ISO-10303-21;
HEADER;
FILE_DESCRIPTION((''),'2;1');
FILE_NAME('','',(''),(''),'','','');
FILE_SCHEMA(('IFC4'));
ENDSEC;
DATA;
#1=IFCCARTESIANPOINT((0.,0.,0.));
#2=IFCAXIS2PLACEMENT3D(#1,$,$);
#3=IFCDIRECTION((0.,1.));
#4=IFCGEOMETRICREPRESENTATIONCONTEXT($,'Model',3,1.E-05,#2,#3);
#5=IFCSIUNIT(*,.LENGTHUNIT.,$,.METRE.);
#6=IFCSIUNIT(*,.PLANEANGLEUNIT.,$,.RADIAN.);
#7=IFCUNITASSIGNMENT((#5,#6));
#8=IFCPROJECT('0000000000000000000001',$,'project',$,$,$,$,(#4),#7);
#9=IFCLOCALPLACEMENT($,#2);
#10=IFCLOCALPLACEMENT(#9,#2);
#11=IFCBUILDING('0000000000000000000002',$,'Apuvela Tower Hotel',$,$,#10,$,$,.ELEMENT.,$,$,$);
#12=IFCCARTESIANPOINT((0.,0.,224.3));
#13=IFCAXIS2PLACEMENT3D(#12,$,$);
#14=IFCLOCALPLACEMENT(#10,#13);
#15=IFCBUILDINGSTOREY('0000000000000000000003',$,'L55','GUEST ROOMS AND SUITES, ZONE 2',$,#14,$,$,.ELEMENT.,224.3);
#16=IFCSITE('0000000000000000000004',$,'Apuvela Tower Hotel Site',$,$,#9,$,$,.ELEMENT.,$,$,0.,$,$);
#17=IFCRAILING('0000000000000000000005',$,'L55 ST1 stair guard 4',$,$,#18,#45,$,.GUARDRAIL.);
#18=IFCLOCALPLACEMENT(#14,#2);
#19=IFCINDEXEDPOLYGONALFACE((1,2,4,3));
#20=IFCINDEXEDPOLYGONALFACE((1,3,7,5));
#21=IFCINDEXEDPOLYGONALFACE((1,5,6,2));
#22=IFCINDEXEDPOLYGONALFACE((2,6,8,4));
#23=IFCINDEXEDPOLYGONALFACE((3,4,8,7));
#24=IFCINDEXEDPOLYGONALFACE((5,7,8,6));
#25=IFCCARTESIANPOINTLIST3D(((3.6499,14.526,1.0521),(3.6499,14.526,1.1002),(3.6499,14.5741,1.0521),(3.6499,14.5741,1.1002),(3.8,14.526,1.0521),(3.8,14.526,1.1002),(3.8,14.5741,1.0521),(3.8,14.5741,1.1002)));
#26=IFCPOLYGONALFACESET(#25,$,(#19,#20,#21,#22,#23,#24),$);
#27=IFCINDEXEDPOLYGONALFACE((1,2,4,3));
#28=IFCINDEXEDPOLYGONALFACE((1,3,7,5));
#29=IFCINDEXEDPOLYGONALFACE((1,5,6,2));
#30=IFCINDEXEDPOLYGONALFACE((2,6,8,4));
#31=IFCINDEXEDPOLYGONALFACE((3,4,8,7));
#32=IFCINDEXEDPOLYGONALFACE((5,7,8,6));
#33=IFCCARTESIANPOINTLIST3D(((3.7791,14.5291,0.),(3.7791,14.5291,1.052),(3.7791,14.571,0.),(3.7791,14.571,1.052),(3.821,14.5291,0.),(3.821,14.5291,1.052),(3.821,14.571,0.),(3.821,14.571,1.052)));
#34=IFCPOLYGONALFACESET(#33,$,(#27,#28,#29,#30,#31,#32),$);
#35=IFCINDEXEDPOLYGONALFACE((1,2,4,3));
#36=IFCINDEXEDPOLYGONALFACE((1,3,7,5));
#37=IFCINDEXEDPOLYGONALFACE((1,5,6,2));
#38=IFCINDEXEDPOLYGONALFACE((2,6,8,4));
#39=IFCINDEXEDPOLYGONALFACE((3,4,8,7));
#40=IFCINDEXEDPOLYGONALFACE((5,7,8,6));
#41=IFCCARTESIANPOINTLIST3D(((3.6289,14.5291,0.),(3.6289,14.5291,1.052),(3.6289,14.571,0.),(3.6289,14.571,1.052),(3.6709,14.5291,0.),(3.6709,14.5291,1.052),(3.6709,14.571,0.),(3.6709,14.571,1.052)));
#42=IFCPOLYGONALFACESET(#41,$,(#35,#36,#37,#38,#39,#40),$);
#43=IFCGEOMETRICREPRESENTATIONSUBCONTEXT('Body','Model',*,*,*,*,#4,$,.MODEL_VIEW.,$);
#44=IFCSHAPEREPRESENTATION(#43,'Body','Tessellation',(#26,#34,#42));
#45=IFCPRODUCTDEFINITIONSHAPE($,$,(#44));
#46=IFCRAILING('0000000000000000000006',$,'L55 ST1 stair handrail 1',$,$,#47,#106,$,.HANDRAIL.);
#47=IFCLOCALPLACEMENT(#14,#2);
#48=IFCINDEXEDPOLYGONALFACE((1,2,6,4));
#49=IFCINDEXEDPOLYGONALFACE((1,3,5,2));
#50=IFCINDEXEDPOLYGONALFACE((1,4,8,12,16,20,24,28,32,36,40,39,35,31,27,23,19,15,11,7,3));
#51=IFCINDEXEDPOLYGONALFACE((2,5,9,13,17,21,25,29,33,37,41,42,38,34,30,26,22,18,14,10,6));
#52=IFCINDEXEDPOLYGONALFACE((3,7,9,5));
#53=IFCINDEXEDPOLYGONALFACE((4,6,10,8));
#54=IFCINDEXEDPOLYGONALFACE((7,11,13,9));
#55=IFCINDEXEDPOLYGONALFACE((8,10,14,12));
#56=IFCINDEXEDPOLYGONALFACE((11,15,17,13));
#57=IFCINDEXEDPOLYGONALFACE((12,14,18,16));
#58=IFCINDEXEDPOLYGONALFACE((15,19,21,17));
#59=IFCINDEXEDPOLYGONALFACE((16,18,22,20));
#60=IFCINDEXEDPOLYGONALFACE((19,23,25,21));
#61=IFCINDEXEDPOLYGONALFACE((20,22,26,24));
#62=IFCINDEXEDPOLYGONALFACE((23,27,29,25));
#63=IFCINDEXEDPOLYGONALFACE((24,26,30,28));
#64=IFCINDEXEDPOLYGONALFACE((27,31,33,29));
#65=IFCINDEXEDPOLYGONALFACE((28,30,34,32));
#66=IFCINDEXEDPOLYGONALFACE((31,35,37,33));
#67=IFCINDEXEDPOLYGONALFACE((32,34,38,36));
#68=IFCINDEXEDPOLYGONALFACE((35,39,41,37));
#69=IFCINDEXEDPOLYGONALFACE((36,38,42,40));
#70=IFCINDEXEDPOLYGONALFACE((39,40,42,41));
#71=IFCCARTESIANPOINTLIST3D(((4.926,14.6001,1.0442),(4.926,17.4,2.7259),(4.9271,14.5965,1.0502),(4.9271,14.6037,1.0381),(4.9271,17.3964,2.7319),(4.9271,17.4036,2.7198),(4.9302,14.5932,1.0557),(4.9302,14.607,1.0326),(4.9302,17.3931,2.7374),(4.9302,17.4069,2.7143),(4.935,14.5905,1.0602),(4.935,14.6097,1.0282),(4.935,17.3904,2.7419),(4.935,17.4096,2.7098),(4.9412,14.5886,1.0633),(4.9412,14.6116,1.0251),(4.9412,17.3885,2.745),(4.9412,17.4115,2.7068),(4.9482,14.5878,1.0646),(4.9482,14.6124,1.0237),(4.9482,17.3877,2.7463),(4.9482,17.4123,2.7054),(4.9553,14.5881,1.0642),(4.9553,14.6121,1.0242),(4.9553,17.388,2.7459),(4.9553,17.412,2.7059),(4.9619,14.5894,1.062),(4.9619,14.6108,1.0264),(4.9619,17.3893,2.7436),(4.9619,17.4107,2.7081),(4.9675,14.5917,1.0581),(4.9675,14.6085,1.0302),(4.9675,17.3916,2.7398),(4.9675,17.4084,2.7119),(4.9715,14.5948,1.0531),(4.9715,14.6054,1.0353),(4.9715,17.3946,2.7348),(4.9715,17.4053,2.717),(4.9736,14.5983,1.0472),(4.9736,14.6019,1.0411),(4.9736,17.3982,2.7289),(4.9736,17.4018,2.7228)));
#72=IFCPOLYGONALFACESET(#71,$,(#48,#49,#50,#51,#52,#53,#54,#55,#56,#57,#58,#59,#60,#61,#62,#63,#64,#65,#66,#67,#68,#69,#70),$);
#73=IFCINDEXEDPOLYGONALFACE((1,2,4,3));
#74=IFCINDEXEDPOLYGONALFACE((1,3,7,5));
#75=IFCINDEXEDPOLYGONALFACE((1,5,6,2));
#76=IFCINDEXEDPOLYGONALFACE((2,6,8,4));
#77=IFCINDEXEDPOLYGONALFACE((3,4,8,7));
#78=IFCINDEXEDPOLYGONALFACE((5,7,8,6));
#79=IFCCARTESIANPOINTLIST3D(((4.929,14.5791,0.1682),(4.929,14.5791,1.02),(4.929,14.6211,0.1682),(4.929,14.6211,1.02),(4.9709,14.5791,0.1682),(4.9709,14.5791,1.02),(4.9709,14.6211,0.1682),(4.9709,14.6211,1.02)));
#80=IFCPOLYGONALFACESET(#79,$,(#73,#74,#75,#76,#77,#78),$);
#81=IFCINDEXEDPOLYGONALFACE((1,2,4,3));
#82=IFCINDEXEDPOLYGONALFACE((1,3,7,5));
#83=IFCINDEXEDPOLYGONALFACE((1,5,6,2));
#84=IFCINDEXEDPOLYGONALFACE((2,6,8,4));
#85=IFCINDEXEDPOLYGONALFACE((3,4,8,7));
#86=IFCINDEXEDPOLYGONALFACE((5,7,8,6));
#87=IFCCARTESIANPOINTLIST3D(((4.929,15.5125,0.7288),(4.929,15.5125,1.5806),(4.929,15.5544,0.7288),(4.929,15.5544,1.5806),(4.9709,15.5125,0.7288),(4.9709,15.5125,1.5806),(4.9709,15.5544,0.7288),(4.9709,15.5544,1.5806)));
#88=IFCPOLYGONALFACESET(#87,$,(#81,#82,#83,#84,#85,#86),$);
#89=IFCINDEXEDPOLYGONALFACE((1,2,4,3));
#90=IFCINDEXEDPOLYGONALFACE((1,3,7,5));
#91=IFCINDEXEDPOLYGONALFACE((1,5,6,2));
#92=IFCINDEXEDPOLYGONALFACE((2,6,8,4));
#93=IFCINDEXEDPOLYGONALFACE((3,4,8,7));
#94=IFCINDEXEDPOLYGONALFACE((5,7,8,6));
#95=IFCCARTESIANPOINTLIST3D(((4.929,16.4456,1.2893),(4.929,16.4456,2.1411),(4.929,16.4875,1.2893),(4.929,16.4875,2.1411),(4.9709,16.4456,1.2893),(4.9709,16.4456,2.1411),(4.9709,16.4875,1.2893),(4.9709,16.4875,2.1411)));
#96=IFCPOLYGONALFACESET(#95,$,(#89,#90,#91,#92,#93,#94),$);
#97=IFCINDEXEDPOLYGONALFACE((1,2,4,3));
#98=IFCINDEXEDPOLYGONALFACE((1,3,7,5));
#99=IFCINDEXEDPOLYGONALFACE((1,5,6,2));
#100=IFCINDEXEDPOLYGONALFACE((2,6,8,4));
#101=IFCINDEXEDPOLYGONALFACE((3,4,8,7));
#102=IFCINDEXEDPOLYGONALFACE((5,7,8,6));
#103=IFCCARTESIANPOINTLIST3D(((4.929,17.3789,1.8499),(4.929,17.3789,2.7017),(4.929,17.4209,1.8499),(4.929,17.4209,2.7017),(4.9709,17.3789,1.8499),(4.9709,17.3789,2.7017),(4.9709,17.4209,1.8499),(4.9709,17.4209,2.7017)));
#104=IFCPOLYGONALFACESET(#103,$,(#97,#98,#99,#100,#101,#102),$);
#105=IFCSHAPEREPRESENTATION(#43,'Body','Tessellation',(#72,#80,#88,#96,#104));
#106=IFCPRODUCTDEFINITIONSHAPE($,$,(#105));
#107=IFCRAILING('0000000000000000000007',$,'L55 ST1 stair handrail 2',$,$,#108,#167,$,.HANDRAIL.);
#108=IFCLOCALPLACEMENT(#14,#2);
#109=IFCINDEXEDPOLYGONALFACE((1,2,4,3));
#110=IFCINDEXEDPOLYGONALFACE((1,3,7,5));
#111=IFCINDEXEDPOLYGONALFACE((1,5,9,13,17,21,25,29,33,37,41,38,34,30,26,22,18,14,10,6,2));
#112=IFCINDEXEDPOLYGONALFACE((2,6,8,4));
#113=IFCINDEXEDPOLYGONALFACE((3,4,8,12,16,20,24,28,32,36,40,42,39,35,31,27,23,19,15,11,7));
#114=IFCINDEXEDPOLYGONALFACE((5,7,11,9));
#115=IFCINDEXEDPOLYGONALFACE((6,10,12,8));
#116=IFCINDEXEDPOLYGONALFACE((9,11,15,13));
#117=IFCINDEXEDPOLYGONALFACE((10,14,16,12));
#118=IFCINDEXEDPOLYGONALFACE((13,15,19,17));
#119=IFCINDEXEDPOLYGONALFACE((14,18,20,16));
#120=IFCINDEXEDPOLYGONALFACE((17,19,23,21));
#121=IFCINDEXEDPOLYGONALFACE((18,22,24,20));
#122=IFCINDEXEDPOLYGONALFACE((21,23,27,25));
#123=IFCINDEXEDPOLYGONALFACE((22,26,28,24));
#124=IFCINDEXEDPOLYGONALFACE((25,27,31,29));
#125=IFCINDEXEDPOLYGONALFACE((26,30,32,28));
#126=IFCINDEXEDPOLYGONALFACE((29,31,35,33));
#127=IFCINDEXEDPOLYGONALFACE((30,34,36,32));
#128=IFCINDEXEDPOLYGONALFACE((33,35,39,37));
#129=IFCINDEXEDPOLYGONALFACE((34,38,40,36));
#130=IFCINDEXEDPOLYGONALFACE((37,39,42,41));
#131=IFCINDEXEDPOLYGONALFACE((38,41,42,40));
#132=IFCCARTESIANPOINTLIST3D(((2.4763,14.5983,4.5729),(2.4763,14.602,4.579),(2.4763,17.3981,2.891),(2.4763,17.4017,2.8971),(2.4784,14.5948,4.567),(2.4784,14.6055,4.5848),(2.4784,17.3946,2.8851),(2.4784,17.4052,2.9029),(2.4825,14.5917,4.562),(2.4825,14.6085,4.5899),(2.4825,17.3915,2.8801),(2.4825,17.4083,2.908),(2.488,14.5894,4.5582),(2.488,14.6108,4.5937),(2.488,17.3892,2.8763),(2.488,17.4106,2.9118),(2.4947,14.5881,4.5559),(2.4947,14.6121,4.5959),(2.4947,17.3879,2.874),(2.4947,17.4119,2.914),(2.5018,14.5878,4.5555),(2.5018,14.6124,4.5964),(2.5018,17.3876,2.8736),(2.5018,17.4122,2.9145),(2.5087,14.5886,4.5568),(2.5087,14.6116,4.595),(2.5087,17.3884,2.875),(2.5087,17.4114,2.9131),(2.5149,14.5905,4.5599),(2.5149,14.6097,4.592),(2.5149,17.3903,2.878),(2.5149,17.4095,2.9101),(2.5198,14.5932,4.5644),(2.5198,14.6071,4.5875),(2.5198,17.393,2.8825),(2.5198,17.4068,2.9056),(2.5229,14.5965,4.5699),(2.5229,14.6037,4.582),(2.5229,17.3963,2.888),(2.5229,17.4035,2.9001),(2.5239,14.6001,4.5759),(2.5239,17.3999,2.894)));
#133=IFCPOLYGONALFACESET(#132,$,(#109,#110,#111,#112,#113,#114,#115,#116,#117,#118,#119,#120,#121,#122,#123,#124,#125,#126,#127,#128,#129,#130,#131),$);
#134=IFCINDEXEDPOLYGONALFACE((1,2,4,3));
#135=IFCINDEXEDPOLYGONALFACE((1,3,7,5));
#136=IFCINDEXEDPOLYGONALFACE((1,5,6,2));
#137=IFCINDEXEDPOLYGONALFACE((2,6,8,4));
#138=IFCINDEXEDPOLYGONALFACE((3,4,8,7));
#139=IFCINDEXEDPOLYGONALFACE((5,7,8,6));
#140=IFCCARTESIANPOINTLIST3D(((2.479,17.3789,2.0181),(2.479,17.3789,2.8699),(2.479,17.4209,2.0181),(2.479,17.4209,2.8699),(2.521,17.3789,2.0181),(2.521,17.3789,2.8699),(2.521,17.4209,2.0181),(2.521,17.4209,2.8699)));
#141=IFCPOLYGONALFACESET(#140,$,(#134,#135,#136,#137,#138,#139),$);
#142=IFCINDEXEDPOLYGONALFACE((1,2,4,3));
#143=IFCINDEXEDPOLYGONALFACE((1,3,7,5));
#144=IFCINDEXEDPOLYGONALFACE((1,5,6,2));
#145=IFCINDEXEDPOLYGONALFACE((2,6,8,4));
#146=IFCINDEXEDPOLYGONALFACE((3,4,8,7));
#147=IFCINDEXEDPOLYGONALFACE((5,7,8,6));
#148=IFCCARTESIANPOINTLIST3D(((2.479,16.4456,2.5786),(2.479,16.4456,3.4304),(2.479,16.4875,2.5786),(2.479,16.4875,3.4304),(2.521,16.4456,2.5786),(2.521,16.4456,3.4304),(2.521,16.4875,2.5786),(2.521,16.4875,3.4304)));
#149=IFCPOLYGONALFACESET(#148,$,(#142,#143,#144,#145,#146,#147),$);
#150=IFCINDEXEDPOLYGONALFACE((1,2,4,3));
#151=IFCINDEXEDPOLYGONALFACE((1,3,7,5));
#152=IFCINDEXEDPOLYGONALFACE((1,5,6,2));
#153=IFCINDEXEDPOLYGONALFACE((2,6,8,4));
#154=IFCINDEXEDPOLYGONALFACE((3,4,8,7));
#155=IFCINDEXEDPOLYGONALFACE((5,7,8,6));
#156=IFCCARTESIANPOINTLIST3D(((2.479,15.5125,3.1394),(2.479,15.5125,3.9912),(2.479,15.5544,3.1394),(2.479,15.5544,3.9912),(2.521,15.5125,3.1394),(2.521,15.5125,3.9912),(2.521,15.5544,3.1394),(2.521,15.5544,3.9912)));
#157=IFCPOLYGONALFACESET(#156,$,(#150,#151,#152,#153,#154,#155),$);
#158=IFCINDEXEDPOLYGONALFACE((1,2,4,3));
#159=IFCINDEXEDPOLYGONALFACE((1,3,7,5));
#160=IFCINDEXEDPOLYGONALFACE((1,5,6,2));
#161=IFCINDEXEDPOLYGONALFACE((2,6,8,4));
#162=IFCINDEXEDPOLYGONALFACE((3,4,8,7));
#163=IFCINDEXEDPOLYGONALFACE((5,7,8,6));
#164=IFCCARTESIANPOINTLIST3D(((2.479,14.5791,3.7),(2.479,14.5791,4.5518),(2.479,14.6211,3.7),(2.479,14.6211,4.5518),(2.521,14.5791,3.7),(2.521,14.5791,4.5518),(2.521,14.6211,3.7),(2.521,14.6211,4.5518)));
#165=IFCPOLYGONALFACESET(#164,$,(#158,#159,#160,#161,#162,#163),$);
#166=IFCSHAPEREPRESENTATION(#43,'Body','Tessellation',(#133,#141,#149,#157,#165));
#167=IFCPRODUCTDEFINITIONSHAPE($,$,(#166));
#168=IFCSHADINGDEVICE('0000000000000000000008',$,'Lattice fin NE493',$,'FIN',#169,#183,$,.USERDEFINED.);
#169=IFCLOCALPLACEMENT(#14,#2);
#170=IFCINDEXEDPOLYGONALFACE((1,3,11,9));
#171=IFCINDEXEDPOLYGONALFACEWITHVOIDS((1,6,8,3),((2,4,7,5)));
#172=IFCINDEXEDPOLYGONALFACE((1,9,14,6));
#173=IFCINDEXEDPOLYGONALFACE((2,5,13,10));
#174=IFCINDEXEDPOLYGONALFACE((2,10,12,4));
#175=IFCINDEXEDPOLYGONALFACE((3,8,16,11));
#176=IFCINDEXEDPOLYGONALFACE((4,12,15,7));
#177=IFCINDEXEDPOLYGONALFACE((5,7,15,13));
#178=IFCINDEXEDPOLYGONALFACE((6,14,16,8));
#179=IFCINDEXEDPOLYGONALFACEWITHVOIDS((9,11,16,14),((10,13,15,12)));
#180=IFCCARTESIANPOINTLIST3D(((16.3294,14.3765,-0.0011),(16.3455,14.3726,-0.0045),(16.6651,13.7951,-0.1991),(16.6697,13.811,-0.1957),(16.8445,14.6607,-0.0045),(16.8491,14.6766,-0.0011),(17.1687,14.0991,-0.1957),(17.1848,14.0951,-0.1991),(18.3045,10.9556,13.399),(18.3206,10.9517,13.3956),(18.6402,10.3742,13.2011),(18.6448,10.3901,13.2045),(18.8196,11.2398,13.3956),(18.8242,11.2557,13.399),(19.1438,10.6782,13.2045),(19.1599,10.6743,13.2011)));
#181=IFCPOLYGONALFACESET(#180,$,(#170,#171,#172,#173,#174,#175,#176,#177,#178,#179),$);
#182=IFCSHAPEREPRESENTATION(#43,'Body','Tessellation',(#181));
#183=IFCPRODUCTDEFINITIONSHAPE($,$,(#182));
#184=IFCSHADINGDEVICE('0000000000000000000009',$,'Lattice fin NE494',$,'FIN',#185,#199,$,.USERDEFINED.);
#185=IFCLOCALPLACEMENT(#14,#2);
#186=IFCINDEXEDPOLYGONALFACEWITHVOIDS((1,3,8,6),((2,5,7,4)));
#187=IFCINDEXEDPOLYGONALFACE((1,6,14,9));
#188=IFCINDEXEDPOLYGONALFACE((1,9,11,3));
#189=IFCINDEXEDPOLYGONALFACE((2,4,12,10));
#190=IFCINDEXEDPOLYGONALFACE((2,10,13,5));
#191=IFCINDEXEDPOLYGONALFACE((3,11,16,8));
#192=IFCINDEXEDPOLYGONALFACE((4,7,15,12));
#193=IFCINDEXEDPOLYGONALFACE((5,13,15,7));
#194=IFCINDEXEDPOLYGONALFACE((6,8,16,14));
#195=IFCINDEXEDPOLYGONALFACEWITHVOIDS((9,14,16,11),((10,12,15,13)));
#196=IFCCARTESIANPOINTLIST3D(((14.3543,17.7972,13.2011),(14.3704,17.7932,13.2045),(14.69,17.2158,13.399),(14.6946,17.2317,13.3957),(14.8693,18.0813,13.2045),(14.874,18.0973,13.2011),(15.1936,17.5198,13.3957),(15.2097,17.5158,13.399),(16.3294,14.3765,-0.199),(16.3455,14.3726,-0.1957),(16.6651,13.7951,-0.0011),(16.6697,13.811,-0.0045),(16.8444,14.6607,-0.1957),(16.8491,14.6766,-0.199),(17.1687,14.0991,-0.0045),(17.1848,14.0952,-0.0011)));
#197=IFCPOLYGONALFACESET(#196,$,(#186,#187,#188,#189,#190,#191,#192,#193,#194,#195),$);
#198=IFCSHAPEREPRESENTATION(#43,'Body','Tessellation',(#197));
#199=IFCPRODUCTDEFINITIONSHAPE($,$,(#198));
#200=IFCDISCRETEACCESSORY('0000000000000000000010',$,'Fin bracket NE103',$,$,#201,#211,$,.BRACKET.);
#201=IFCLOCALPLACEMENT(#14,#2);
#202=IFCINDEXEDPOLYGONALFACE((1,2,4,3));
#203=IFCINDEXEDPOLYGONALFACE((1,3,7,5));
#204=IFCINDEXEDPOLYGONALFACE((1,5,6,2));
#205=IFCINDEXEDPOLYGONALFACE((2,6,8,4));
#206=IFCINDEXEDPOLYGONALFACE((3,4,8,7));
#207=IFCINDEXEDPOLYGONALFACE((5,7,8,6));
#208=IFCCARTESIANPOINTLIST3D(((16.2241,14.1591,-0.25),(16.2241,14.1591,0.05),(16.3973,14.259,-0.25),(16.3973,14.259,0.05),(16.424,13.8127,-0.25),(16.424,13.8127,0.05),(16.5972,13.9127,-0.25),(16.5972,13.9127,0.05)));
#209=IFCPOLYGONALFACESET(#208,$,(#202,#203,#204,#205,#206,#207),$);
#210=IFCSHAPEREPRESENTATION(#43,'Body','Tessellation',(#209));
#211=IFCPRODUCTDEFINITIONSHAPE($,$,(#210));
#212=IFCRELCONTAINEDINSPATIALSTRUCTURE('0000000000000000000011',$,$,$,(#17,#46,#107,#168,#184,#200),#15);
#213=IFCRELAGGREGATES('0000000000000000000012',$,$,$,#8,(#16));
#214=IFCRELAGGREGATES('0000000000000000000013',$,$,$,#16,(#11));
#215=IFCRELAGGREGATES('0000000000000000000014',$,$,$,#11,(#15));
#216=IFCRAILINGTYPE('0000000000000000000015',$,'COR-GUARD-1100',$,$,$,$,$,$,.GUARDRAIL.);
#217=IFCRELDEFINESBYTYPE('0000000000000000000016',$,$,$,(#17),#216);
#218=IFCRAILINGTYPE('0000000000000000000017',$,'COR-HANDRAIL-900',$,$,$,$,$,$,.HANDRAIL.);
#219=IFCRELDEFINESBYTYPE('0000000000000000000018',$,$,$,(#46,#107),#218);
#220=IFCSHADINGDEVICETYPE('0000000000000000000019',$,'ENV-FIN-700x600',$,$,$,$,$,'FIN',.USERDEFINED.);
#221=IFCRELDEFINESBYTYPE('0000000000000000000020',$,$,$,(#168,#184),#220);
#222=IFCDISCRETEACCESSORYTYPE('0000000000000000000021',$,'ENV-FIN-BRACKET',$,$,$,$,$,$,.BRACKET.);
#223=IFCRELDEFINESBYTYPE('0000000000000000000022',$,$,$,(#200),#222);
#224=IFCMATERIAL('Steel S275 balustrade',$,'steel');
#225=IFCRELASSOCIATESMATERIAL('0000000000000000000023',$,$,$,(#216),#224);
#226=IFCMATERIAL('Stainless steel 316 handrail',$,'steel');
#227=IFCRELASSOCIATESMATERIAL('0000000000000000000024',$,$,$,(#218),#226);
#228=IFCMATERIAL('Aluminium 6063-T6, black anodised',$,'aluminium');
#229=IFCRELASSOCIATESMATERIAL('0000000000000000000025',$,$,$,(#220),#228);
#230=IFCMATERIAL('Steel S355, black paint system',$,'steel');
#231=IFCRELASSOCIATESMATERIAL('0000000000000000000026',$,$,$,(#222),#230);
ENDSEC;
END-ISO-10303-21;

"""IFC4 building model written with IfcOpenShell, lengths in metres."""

from ifc_helpers import new_model, si_unit, direction, frame, origin, origin_2d, place, context, subcontext, project, spatial, rectangle, hollow_rectangle, circle, extrude, material, material_profile, profile_set, type_object, element, save


model = new_model("IFC4")

# Units and contexts
model_context = context("Model", 3, precision=1e-05, world=origin(), true_north=direction((0.0, 1.0)))
body_context = subcontext(model_context, "Body", "Model", "MODEL_VIEW")
ifc_project = project(units=[si_unit("LENGTHUNIT", "METRE"), si_unit("PLANEANGLEUNIT", "RADIAN")], contexts=[model_context])

# Site, building, storey
site_placement = place(None, origin())
site = spatial("IfcSite", under=ifc_project, at=site_placement, Name="Apuvela Tower Hotel Site", CompositionType="ELEMENT", RefElevation=0.0)
building_placement = place(site_placement, origin())
building = spatial("IfcBuilding", under=site, at=building_placement, Name="Apuvela Tower Hotel", CompositionType="ELEMENT")
storey_placement = place(building_placement, frame((0.0, 0.0, 224.3)))
storey = spatial("IfcBuildingStorey", under=building, at=storey_placement, Name="L55", Description="GUEST ROOMS AND SUITES, ZONE 2", CompositionType="ELEMENT", Elevation=224.3)

# Railings
ifc_material_1 = material(Name="Steel S275 balustrade", Category="steel")
railing_type_1 = type_object("IfcRailingType", Name="COR-GUARD-1100", PredefinedType="GUARDRAIL", material=ifc_material_1)
railing_1_placement = place(storey_placement, frame((3.8, 14.55, 0.0)))
element("IfcRailing", 1, at=railing_1_placement, inside=storey, type_object=railing_type_1, Name="L55 ST1 stair guard 4", PredefinedType="GUARDRAIL", context=body_context, shape_type="SweptSolid", body=[
    extrude(rectangle(XDim=0.0481, YDim=0.0481, at=origin_2d()), frame((0.0, 0.0, 1.0762), z_axis=(-1.0, 0.0, 0.0), x_axis=(0.0, -1.0, 0.0)), (0.0, 0.0, 1.0), 0.1501),
    extrude(rectangle(XDim=0.042, YDim=0.042, at=origin_2d()), origin(), (0.0, 0.0, 1.0), 1.052),
    extrude(rectangle(XDim=0.042, YDim=0.042, at=origin_2d()), frame((-0.1501, 0.0, 0.0)), (0.0, 0.0, 1.0), 1.052),
])
ifc_material_2 = material(Name="Stainless steel 316 handrail", Category="steel")
railing_type_2 = type_object("IfcRailingType", Name="COR-HANDRAIL-900", PredefinedType="HANDRAIL", material=ifc_material_2)
railing_2_placement = place(storey_placement, frame((4.95, 14.6001, 0.1682)))
element("IfcRailing", 2, at=railing_2_placement, inside=storey, type_object=railing_type_2, Name="L55 ST1 stair handrail 1", PredefinedType="HANDRAIL", context=body_context, shape_type="SweptSolid", body=[
    extrude(circle(Radius=0.0239, at=origin_2d()), frame((0.0, 0.0, 0.876), z_axis=(0.0, 0.857255, 0.514891), x_axis=(-1.0, 0.0, 0.0)), (0.0, 0.0, 1.0), 3.2661),
    extrude(rectangle(XDim=0.042, YDim=0.042, at=origin_2d()), origin(), (0.0, 0.0, 1.0), 0.8518),
    extrude(rectangle(XDim=0.042, YDim=0.042, at=origin_2d()), frame((0.0, 0.9333, 0.5605)), (0.0, 0.0, 1.0), 0.8518),
    extrude(rectangle(XDim=0.042, YDim=0.042, at=origin_2d()), frame((0.0, 1.8665, 1.1211)), (0.0, 0.0, 1.0), 0.8518),
    extrude(rectangle(XDim=0.042, YDim=0.042, at=origin_2d()), frame((0.0, 2.7998, 1.6816)), (0.0, 0.0, 1.0), 0.8518),
])
railing_3_placement = place(storey_placement, frame((2.5, 17.3999, 2.0181)))
element("IfcRailing", 3, at=railing_3_placement, inside=storey, type_object=railing_type_2, Name="L55 ST1 stair handrail 2", PredefinedType="HANDRAIL", context=body_context, shape_type="SweptSolid", body=[
    extrude(circle(Radius=0.0239, at=origin_2d()), frame((0.0, 0.0, 0.876), z_axis=(0.0, -0.857222, 0.514946), x_axis=(1.0, 0.0, 0.0)), (0.0, 0.0, 1.0), 3.2661),
    extrude(rectangle(XDim=0.042, YDim=0.042, at=origin_2d()), origin(), (0.0, 0.0, 1.0), 0.8518),
    extrude(rectangle(XDim=0.042, YDim=0.042, at=origin_2d()), frame((0.0, -0.9333, 0.5605)), (0.0, 0.0, 1.0), 0.8518),
    extrude(rectangle(XDim=0.042, YDim=0.042, at=origin_2d()), frame((0.0, -1.8665, 1.1213)), (0.0, 0.0, 1.0), 0.8518),
    extrude(rectangle(XDim=0.042, YDim=0.042, at=origin_2d()), frame((0.0, -2.7998, 1.6819)), (0.0, 0.0, 1.0), 0.8518),
])

# Shading devices
ifc_material_3 = material(Name="Aluminium 6063-T6, black anodised", Category="aluminium")
ifc_material_profile_1 = material_profile(ifc_material_3, hollow_rectangle(XDim=0.6001, YDim=0.7, WallThickness=0.012, at=origin_2d()), Name="AL BOX 700x600x12")
ifc_profile_set_1 = profile_set([ifc_material_profile_1], Name="Aluminium 6063-T6, black anodised")
shading_device_type = type_object("IfcShadingDeviceType", Name="ENV-FIN-700x600", ElementType="FIN", PredefinedType="USERDEFINED", material=ifc_profile_set_1)
for number, where, z_axis, x_axis, name in (
    (4, (16.7571, 14.2358, -0.1001), (0.141379, -0.24487, 0.959193), (0.866021, 0.500008, 0.0), "Lattice fin NE493"),
    (5, (16.7571, 14.2358, -0.1001), (-0.14138, 0.244854, 0.959197), (-0.866005, -0.500035, 0.0), "Lattice fin NE494"),
):
    element("IfcShadingDevice", number, at=place(storey_placement, frame(where, z_axis=z_axis, x_axis=x_axis)), inside=storey, type_object=shading_device_type, Name=name, ObjectType="FIN", PredefinedType="USERDEFINED", context=body_context, shape_type="SweptSolid", body=[
        extrude(hollow_rectangle(XDim=0.6001, YDim=0.7, WallThickness=0.012, at=origin_2d()), origin(), (0.0, 0.0, 1.0), 13.9702),
    ])

# Discrete accessory
ifc_material_4 = material(Name="Steel S355, black paint system", Category="steel")
discrete_accessory_type = type_object("IfcDiscreteAccessoryType", Name="ENV-FIN-BRACKET", PredefinedType="BRACKET", material=ifc_material_4)
discrete_accessory_placement = place(storey_placement, frame((16.4106, 14.0359, -0.25), z_axis=(0.0, 0.0, 1.0), x_axis=(-0.5, 0.866025, 0.0)))
element("IfcDiscreteAccessory", 6, at=discrete_accessory_placement, inside=storey, type_object=discrete_accessory_type, Name="Fin bracket NE103", PredefinedType="BRACKET", context=body_context, shape_type="SweptSolid", body=[
    extrude(rectangle(XDim=0.3999, YDim=0.2, at=origin_2d()), origin(), (0.0, 0.0, 1.0), 0.3),
])

save(model, "model.ifc")
